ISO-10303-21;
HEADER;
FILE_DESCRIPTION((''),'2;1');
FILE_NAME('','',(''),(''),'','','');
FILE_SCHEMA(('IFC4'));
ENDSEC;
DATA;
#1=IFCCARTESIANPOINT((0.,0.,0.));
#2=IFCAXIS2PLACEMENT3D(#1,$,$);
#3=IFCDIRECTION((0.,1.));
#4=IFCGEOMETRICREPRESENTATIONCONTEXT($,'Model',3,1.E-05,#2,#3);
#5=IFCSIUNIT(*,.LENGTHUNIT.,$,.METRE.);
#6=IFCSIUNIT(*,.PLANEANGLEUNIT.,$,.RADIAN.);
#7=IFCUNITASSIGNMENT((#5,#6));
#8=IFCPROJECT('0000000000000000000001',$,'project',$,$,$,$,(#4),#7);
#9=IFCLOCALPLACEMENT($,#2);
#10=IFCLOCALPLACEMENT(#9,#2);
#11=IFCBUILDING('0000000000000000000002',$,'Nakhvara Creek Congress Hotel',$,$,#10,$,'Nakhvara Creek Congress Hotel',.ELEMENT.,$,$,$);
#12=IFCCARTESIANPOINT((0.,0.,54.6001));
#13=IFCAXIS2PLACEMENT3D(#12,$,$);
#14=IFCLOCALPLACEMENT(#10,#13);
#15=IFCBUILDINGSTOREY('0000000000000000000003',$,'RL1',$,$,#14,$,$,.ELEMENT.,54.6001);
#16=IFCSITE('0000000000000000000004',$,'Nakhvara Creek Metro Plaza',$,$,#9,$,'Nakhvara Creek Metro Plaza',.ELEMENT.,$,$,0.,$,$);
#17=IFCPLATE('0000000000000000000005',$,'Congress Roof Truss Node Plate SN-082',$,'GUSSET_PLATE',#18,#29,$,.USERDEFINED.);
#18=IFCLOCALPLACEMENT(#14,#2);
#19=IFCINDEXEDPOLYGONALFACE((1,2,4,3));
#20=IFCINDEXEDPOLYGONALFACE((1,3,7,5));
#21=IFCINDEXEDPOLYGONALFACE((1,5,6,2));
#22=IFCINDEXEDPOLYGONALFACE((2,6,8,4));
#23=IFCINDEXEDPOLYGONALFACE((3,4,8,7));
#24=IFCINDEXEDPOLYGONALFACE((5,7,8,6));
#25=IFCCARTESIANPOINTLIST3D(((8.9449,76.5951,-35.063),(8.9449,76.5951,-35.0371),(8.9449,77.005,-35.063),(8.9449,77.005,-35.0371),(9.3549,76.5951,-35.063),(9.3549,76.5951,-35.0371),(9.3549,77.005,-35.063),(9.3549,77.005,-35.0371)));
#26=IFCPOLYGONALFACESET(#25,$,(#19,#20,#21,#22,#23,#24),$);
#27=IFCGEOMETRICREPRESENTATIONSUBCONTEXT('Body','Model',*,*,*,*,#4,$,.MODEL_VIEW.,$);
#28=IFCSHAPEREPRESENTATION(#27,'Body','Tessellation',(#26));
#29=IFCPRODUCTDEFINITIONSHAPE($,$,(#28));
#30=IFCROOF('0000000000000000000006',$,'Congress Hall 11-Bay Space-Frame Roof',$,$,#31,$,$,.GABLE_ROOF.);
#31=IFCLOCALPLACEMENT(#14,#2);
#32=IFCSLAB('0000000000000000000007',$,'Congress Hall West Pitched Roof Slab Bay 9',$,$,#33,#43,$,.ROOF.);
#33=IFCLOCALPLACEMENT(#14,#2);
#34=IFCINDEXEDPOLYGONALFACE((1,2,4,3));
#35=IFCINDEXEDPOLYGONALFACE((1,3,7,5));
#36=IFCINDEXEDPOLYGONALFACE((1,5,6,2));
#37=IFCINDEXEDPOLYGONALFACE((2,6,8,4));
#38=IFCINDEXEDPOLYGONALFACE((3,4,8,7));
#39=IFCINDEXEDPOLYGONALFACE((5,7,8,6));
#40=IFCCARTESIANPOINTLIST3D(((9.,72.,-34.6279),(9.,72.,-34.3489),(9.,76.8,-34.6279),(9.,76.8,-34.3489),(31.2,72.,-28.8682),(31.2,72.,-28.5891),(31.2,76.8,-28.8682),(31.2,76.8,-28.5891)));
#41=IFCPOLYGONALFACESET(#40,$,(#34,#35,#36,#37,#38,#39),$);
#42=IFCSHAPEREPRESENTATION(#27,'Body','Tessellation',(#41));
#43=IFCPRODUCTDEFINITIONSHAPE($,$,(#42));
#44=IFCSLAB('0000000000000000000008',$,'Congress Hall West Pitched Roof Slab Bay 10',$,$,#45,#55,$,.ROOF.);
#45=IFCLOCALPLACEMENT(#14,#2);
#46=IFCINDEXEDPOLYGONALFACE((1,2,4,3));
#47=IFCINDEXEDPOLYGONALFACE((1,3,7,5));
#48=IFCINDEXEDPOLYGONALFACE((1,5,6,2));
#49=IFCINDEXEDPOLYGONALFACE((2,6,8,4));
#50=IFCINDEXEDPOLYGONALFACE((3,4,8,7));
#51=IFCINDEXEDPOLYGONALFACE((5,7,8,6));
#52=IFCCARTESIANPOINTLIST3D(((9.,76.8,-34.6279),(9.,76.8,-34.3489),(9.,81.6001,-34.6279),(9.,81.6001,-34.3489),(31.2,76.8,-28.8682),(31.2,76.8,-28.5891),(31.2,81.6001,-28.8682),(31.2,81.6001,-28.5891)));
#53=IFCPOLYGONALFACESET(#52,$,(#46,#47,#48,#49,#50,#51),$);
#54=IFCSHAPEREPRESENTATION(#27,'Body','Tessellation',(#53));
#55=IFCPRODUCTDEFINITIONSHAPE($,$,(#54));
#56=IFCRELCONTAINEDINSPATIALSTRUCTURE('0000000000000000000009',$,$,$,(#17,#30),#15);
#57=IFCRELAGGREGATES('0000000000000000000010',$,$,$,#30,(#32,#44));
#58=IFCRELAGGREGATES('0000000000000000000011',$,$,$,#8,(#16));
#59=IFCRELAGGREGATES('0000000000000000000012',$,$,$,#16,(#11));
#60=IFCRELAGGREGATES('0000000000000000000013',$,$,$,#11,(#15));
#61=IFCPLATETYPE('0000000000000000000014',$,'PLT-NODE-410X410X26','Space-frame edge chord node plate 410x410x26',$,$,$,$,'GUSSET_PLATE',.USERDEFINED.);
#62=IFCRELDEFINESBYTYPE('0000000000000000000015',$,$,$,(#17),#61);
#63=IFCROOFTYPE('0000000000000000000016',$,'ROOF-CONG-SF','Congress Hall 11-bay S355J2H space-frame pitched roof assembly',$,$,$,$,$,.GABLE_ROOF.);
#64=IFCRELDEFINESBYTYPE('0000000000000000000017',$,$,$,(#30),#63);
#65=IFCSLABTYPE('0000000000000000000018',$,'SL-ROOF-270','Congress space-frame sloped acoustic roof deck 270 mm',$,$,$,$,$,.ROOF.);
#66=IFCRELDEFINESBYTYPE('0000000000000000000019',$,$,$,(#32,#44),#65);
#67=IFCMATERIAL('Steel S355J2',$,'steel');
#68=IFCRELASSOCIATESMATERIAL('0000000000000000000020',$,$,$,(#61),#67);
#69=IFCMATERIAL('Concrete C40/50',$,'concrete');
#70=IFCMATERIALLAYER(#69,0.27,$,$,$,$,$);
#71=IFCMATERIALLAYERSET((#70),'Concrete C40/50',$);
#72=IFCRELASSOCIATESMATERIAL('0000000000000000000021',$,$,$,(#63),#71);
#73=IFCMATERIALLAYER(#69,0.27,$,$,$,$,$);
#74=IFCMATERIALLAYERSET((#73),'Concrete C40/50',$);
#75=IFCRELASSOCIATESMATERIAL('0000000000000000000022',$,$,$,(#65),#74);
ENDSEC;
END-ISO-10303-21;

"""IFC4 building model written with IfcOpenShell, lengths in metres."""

from ifc_helpers import new_model, si_unit, direction, frame, origin, origin_2d, place, context, subcontext, project, spatial, polyline, rectangle, outline, extrude, material, layer, layer_set, type_object, element, aggregate, save


model = new_model("IFC4")

# Units and contexts
model_context = context("Model", 3, precision=1e-05, world=origin(), true_north=direction((0.0, 1.0)))
body_context = subcontext(model_context, "Body", "Model", "MODEL_VIEW")
ifc_project = project(units=[si_unit("LENGTHUNIT", "METRE"), si_unit("PLANEANGLEUNIT", "RADIAN")], contexts=[model_context])

# Site, building, storey
site_placement = place(None, origin())
site = spatial("IfcSite", under=ifc_project, at=site_placement, Name="Nakhvara Creek Metro Plaza", LongName="Nakhvara Creek Metro Plaza", CompositionType="ELEMENT", RefElevation=0.0)
building_placement = place(site_placement, origin())
building = spatial("IfcBuilding", under=site, at=building_placement, Name="Nakhvara Creek Congress Hotel", LongName="Nakhvara Creek Congress Hotel", CompositionType="ELEMENT")
storey_placement = place(building_placement, frame((0.0, 0.0, 54.6001)))
storey = spatial("IfcBuildingStorey", under=building, at=storey_placement, Name="RL1", CompositionType="ELEMENT", Elevation=54.6001)

# Plate
ifc_material_1 = material(Name="Steel S355J2", Category="steel")
plate_type_1 = type_object("IfcPlateType", Name="PLT-NODE-410X410X26", Description="Space-frame edge chord node plate 410x410x26", ElementType="GUSSET_PLATE", PredefinedType="USERDEFINED", material=ifc_material_1)
for number, where, z_axis, x_axis, name in (
    (1, (9.1499, 76.8, -35.063), (0.0, 0.0, 1.0), (1.0, 0.0, 0.0), "Congress Roof Truss Node Plate SN-082"),
):
    element("IfcPlate", number, at=place(storey_placement, frame(where, z_axis=z_axis, x_axis=x_axis)), inside=storey, type_object=plate_type_1, Name=name, ObjectType="GUSSET_PLATE", PredefinedType="USERDEFINED", context=body_context, shape_type="SweptSolid", body=[
        extrude(rectangle(XDim=0.4099, YDim=0.4099, at=origin_2d()), origin(), (0.0, 0.0, 1.0), 0.0259),
    ])

# Roof, slabs
ifc_material_2 = material(Name="Concrete C40/50", Category="concrete")
ifc_layer_1 = layer(ifc_material_2, 0.27)
ifc_layer_set_1 = layer_set([ifc_layer_1], Name="Concrete C40/50")
roof_type = type_object("IfcRoofType", Name="ROOF-CONG-SF", Description="Congress Hall 11-bay S355J2H space-frame pitched roof assembly", PredefinedType="GABLE_ROOF", material=ifc_layer_set_1)
roof_placement = place(storey_placement, origin())
roof = element("IfcRoof", 2, at=roof_placement, inside=storey, type_object=roof_type, Name="Congress Hall 11-Bay Space-Frame Roof", PredefinedType="GABLE_ROOF")
ifc_layer_2 = layer(ifc_material_2, 0.27)
ifc_layer_set_2 = layer_set([ifc_layer_2], Name="Concrete C40/50")
slab_type = type_object("IfcSlabType", Name="SL-ROOF-270", Description="Congress space-frame sloped acoustic roof deck 270 mm", PredefinedType="ROOF", material=ifc_layer_set_2)
slab_1_placement = place(storey_placement, frame((9.0, 72.0, -34.3489), z_axis=(0.0, 0.0, 1.0), x_axis=(1.0, 0.0, 0.0)))
slab_1 = element("IfcSlab", 3, at=slab_1_placement, type_object=slab_type, Name="Congress Hall West Pitched Roof Slab Bay 9", PredefinedType="ROOF", context=body_context, shape_type="SweptSolid", body=[
    extrude(outline(polyline([(0.0, 0.0), (22.2, 5.7598), (22.2, 5.4807), (0.0, -0.2791), (0.0, 0.0)])), frame((0.0, 4.8, 0.0), z_axis=(0.0, -1.0, 0.0), x_axis=(1.0, 0.0, 0.0)), (0.0, 0.0, 1.0), 4.8),
])
slab_2_placement = place(storey_placement, frame((9.0, 76.8, -34.3489), z_axis=(0.0, 0.0, 1.0), x_axis=(1.0, 0.0, 0.0)))
slab_2 = element("IfcSlab", 4, at=slab_2_placement, type_object=slab_type, Name="Congress Hall West Pitched Roof Slab Bay 10", PredefinedType="ROOF", context=body_context, shape_type="SweptSolid", body=[
    extrude(outline(polyline([(0.0, 0.0), (22.2, 5.7598), (22.2, 5.4807), (0.0, -0.2791), (0.0, 0.0)])), frame((0.0, 4.8, 0.0), z_axis=(0.0, -1.0, 0.0), x_axis=(1.0, 0.0, 0.0)), (0.0, 0.0, 1.0), 4.8),
])
aggregate(roof, [slab_1, slab_2])

save(model, "model.ifc")
